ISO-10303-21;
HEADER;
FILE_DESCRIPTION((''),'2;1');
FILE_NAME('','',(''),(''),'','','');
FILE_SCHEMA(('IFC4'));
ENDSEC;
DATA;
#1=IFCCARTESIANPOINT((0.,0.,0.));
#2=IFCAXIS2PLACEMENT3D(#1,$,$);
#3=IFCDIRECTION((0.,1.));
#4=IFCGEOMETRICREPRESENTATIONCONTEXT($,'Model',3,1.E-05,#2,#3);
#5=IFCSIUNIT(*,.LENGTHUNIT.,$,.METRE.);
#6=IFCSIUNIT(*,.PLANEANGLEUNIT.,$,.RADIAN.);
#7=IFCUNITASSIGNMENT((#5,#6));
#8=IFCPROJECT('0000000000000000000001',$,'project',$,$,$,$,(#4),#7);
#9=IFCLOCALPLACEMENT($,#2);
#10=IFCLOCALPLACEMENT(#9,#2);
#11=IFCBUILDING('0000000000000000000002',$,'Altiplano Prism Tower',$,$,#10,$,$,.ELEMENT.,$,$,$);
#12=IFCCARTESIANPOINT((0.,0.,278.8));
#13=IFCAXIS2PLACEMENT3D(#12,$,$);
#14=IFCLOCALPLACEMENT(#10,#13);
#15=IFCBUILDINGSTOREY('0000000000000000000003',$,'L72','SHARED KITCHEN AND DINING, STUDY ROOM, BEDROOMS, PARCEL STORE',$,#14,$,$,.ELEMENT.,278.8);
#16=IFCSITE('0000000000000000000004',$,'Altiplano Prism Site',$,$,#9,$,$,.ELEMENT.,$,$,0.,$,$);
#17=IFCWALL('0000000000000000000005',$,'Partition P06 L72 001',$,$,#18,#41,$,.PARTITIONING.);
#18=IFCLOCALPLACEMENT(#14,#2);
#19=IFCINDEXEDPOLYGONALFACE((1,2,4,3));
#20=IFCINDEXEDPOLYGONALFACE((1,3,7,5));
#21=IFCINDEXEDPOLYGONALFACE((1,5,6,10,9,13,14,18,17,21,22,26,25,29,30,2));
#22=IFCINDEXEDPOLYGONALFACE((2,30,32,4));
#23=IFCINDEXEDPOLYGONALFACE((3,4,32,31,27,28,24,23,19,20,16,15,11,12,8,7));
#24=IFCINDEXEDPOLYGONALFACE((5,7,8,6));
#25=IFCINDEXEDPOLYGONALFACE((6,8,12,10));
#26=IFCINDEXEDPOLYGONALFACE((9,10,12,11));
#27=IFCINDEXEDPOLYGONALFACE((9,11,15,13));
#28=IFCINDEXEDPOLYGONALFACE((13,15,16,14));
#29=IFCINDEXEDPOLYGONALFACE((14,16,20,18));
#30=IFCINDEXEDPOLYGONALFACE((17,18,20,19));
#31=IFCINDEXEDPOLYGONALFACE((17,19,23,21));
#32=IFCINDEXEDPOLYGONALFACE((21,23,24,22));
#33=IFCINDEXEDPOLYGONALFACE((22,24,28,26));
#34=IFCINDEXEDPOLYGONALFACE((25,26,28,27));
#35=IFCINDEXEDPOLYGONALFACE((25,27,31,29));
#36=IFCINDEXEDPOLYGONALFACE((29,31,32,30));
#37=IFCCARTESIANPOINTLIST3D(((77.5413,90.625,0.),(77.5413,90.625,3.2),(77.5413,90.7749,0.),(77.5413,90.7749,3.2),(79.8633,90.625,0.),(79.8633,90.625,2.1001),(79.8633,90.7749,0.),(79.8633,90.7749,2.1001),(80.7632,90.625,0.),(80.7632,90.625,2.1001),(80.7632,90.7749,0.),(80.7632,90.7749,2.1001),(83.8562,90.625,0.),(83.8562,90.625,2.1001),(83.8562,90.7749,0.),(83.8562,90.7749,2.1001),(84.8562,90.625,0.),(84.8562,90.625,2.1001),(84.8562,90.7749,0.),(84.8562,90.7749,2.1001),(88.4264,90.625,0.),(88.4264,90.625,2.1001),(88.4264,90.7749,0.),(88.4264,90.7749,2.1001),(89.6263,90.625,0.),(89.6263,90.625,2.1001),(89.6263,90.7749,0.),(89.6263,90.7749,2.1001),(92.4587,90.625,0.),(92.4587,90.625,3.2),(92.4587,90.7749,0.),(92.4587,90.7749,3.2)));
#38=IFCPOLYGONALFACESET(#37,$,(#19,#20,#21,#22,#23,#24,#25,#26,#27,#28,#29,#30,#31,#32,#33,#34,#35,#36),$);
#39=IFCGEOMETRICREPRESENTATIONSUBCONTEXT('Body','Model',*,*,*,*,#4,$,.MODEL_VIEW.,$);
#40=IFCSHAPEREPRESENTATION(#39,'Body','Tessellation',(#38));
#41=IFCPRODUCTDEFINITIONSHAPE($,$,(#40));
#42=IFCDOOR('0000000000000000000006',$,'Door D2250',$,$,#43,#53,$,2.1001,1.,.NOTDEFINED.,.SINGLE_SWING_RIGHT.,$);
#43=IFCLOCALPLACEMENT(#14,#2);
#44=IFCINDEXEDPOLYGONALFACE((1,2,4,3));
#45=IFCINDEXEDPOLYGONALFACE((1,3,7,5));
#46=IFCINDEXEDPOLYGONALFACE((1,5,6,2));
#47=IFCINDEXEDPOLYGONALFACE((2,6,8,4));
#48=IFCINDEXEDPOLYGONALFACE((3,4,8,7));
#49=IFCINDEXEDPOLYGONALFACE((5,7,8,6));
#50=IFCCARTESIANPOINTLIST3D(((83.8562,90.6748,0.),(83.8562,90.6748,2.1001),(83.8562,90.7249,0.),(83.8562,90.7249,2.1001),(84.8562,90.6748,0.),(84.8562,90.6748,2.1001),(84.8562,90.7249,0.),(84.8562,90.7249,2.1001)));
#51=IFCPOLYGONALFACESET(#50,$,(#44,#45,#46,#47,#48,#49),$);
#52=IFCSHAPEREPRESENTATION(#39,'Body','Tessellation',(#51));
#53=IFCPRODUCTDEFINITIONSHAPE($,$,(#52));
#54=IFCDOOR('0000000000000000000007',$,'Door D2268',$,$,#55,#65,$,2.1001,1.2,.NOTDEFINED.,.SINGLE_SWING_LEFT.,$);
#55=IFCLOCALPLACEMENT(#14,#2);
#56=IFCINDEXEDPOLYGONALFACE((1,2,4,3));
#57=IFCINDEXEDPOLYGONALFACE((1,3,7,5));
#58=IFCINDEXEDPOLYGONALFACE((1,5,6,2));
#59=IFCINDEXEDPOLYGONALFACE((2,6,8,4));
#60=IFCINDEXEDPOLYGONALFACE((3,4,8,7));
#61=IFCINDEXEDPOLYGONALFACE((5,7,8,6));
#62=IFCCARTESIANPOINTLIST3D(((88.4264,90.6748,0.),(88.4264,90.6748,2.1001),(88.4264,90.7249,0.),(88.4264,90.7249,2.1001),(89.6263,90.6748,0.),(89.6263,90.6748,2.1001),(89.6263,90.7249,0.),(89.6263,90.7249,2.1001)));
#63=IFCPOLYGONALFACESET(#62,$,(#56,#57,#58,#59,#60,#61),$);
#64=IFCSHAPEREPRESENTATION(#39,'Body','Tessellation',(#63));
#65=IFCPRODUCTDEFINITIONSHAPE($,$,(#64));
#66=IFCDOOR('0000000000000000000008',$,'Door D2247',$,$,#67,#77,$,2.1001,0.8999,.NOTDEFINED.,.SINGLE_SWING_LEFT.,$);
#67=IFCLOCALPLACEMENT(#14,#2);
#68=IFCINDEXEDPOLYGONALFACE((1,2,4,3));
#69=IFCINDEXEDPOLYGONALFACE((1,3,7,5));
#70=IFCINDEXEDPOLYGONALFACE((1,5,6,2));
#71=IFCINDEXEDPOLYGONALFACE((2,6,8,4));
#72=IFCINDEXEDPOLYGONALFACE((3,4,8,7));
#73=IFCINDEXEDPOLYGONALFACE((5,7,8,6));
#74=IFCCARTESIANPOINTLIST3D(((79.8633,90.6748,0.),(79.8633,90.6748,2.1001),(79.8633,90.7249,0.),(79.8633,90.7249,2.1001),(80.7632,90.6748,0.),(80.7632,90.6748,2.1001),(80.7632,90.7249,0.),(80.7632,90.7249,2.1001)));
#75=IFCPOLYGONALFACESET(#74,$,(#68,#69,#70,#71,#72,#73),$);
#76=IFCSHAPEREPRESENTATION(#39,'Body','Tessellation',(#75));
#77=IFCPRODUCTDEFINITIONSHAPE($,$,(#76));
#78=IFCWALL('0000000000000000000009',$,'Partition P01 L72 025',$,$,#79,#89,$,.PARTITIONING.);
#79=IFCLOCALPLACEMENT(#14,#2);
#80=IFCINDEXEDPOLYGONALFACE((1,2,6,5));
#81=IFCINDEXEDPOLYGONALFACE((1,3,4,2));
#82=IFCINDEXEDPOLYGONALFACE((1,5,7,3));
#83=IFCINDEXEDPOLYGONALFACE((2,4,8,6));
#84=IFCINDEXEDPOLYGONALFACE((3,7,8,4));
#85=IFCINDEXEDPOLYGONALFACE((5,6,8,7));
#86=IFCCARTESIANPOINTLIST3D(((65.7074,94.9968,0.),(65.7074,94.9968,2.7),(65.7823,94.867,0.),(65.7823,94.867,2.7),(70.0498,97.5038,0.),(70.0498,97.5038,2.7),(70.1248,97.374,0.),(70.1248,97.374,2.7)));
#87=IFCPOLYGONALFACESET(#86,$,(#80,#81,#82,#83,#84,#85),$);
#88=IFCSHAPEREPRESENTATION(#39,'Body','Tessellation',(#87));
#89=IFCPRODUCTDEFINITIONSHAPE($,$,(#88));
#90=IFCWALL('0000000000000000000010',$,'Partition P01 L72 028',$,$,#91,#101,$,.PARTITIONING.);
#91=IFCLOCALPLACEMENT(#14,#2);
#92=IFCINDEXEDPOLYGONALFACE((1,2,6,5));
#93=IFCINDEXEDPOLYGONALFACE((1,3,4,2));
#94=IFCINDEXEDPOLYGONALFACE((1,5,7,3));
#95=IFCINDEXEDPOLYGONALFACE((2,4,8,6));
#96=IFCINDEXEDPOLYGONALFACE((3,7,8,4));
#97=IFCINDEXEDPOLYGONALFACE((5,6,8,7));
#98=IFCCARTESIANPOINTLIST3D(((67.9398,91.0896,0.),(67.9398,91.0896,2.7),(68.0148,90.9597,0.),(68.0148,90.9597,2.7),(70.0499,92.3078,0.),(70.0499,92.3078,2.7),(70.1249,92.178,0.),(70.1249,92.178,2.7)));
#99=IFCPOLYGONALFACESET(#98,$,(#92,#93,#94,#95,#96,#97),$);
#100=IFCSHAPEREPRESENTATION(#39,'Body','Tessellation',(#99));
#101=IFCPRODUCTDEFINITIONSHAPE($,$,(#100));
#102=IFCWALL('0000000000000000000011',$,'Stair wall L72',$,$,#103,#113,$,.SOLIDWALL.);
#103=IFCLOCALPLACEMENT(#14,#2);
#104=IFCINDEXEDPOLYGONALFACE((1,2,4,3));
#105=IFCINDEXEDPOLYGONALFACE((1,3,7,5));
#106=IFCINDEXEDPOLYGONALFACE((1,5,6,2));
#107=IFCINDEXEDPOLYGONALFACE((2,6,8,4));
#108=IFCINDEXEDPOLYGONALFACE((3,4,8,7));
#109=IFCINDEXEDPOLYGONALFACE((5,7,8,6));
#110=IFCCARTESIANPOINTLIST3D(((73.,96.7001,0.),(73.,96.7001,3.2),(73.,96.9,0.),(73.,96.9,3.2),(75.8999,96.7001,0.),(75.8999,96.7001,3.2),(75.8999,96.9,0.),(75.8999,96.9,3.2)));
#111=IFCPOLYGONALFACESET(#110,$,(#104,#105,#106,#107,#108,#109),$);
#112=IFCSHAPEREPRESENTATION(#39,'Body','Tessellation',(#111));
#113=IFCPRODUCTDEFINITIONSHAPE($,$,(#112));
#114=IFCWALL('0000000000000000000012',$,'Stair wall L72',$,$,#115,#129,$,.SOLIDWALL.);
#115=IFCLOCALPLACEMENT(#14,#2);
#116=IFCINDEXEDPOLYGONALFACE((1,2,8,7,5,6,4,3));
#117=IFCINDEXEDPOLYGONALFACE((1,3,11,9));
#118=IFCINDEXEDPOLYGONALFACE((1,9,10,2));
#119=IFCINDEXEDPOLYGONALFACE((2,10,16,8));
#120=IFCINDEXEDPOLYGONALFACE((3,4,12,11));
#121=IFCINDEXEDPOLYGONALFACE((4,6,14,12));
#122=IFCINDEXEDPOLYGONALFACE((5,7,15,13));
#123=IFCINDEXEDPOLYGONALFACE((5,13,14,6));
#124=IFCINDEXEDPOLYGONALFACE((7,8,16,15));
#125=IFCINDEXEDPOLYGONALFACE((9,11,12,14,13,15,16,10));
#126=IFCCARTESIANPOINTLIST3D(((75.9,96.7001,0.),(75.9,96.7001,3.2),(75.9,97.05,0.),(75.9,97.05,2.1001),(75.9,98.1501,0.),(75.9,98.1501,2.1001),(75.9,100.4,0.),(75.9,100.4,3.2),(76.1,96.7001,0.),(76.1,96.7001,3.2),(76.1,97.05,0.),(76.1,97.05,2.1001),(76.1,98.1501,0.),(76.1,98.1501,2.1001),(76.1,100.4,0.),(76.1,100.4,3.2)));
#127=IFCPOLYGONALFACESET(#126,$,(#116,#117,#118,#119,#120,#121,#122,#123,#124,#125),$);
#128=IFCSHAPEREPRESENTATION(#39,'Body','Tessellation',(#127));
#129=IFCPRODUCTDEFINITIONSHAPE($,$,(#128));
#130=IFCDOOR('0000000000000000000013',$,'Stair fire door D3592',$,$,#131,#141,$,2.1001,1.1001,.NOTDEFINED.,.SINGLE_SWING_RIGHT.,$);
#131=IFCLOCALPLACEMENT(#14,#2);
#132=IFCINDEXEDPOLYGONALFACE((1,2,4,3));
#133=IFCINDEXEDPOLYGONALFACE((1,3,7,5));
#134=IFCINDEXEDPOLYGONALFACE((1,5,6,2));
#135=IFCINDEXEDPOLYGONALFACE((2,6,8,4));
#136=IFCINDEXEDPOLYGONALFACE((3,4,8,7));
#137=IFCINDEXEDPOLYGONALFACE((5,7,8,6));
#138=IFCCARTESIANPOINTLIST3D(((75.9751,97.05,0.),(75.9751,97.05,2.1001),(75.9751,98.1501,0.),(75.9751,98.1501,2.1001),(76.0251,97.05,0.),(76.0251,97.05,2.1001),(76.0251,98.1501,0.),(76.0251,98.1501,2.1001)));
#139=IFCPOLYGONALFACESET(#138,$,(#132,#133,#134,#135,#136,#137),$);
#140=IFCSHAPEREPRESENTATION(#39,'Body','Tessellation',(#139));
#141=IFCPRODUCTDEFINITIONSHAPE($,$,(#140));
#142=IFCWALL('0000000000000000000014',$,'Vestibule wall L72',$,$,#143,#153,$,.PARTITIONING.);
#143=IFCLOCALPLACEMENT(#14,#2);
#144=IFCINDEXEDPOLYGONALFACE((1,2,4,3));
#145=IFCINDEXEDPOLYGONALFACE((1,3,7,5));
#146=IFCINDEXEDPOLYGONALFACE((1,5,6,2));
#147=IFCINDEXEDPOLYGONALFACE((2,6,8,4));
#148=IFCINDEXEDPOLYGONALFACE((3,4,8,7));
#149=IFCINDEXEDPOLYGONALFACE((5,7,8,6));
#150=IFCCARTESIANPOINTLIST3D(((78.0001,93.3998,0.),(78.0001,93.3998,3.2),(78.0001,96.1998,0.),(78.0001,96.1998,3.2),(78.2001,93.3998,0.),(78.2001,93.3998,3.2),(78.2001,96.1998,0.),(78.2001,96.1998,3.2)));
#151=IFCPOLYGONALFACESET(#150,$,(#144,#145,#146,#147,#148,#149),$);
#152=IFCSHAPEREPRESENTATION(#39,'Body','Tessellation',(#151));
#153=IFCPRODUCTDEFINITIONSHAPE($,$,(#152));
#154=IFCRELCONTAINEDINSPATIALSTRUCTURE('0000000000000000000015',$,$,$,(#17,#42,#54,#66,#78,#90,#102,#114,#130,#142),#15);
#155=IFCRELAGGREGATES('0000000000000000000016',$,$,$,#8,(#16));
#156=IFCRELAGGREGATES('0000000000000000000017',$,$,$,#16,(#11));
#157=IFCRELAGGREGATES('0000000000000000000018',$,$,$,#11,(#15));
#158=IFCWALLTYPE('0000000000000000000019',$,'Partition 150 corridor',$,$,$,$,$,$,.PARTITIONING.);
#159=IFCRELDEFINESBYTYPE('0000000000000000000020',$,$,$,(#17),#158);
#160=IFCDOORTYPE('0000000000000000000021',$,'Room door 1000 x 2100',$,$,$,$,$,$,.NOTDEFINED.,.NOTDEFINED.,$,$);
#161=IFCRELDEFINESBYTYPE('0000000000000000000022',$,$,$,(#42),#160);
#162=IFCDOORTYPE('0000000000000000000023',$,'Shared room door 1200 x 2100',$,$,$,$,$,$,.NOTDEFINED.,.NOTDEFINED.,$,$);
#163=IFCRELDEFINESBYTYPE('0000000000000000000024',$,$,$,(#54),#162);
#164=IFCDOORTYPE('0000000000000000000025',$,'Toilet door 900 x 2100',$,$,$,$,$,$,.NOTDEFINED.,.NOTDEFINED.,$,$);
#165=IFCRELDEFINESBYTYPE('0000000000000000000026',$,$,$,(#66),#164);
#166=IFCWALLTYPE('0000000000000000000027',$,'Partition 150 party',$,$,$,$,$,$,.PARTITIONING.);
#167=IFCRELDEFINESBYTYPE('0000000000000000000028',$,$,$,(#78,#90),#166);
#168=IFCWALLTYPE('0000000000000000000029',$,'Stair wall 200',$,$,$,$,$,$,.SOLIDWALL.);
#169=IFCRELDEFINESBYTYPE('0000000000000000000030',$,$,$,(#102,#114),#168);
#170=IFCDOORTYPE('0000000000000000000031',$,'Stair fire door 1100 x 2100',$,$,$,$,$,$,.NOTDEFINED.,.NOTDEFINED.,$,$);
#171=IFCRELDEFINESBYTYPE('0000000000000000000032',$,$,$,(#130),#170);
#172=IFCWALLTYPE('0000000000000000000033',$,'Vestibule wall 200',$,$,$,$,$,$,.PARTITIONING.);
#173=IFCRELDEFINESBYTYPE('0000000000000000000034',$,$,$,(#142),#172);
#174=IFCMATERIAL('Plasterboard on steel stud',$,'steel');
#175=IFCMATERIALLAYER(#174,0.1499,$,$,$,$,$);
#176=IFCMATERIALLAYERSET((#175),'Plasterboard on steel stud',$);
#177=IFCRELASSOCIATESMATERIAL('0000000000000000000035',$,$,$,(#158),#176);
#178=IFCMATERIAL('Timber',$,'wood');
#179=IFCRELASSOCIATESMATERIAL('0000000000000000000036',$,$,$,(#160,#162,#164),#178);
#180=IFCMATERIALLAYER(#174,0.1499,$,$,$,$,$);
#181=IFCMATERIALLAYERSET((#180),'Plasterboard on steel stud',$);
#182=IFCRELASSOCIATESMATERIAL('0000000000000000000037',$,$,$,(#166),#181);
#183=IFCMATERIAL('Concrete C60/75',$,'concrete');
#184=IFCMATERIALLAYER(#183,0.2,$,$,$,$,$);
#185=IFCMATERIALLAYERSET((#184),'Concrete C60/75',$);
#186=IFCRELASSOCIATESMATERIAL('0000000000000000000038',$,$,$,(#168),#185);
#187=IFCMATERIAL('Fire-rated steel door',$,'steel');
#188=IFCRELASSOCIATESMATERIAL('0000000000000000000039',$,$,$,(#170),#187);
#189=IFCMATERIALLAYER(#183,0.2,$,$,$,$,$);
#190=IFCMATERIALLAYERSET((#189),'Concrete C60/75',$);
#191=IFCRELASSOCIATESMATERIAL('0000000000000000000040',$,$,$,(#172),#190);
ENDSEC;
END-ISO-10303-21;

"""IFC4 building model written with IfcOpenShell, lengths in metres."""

from ifc_helpers import new_model, si_unit, direction, frame, frame_2d, origin, place, context, subcontext, project, spatial, rectangle, extrude, material, layer, layer_set, type_object, element, fill, save


model = new_model("IFC4")

# Units and contexts
model_context = context("Model", 3, precision=1e-05, world=origin(), true_north=direction((0.0, 1.0)))
body_context = subcontext(model_context, "Body", "Model", "MODEL_VIEW")
ifc_project = project(units=[si_unit("LENGTHUNIT", "METRE"), si_unit("PLANEANGLEUNIT", "RADIAN")], contexts=[model_context])

# Site, building, storey
site_placement = place(None, origin())
site = spatial("IfcSite", under=ifc_project, at=site_placement, Name="Altiplano Prism Site", CompositionType="ELEMENT", RefElevation=0.0)
building_placement = place(site_placement, origin())
building = spatial("IfcBuilding", under=site, at=building_placement, Name="Altiplano Prism Tower", CompositionType="ELEMENT")
storey_placement = place(building_placement, frame((0.0, 0.0, 278.8)))
storey = spatial("IfcBuildingStorey", under=building, at=storey_placement, Name="L72", Description="SHARED KITCHEN AND DINING, STUDY ROOM, BEDROOMS, PARCEL STORE", CompositionType="ELEMENT", Elevation=278.8)

# Shared definitions
ifc_material_1 = material(Name="Concrete C60/75", Category="concrete")

# Wall, openings, doors
ifc_material_2 = material(Name="Fire-rated steel door", Category="steel")
ifc_material_3 = material(Name="Plasterboard on steel stud", Category="steel")
ifc_layer_1 = layer(ifc_material_3, 0.1499)
ifc_layer_set_1 = layer_set([ifc_layer_1], Name="Plasterboard on steel stud")
wall_type_1 = type_object("IfcWallType", Name="Partition 150 corridor", PredefinedType="PARTITIONING", material=ifc_layer_set_1)
wall_1_placement = place(storey_placement, frame((77.5413, 90.7, 0.0), z_axis=(0.0, 0.0, 1.0), x_axis=(1.0, 0.0, 0.0)))
wall_1 = element("IfcWall", 1, at=wall_1_placement, inside=storey, type_object=wall_type_1, Name="Partition P06 L72 001", PredefinedType="PARTITIONING", context=body_context, shape_type="SweptSolid", body=[
    extrude(rectangle(XDim=14.9175, YDim=0.1499, at=frame_2d((7.4587, 0.0))), origin(), (0.0, 0.0, 1.0), 3.2),
])
opening_1_placement = place(wall_1_placement, frame((2.322, 0.0, 0.0)))
opening_1 = element("IfcOpeningElement", 2, at=opening_1_placement, cuts=wall_1, PredefinedType="OPENING", context=body_context, shape_type="SweptSolid", body=[
    extrude(rectangle(XDim=0.8999, YDim=2.1001, at=frame_2d((0.45, 1.05))), frame((0.0, 0.0854, 0.0), z_axis=(0.0, -1.0, 0.0), x_axis=(1.0, 0.0, 0.0)), (0.0, 0.0, 1.0), 0.1709),
])
opening_2_placement = place(wall_1_placement, frame((6.3149, 0.0, 0.0)))
opening_2 = element("IfcOpeningElement", 3, at=opening_2_placement, cuts=wall_1, PredefinedType="OPENING", context=body_context, shape_type="SweptSolid", body=[
    extrude(rectangle(XDim=1.0, YDim=2.1001, at=frame_2d((0.5, 1.05))), frame((0.0, 0.0854, 0.0), z_axis=(0.0, -1.0, 0.0), x_axis=(1.0, 0.0, 0.0)), (0.0, 0.0, 1.0), 0.1709),
])
opening_3_placement = place(wall_1_placement, frame((10.885, 0.0, 0.0)))
opening_3 = element("IfcOpeningElement", 4, at=opening_3_placement, cuts=wall_1, PredefinedType="OPENING", context=body_context, shape_type="SweptSolid", body=[
    extrude(rectangle(XDim=1.2, YDim=2.1001, at=frame_2d((0.6001, 1.05))), frame((0.0, 0.0854, 0.0), z_axis=(0.0, -1.0, 0.0), x_axis=(1.0, 0.0, 0.0)), (0.0, 0.0, 1.0), 0.1709),
])
ifc_material_4 = material(Name="Timber", Category="wood")
door_type_1 = type_object("IfcDoorType", Name="Room door 1000 x 2100", OperationType="NOTDEFINED", PredefinedType="NOTDEFINED", material=ifc_material_4)
door_1_placement = place(opening_2_placement, origin())
door_1 = element("IfcDoor", 5, at=door_1_placement, inside=storey, type_object=door_type_1, Name="Door D2250", OperationType="SINGLE_SWING_RIGHT", OverallHeight=2.1001, OverallWidth=1.0, PredefinedType="NOTDEFINED", context=body_context, shape_type="SweptSolid", body=[
    extrude(rectangle(XDim=1.0, YDim=2.1001, at=frame_2d((0.5, 1.05))), frame((0.0, 0.0249, 0.0), z_axis=(0.0, -1.0, 0.0), x_axis=(1.0, 0.0, 0.0)), (0.0, 0.0, 1.0), 0.05),
])
fill(opening_2, door_1)
door_type_2 = type_object("IfcDoorType", Name="Shared room door 1200 x 2100", OperationType="NOTDEFINED", PredefinedType="NOTDEFINED", material=ifc_material_4)
door_2_placement = place(opening_3_placement, origin())
door_2 = element("IfcDoor", 6, at=door_2_placement, inside=storey, type_object=door_type_2, Name="Door D2268", OperationType="SINGLE_SWING_LEFT", OverallHeight=2.1001, OverallWidth=1.2, PredefinedType="NOTDEFINED", context=body_context, shape_type="SweptSolid", body=[
    extrude(rectangle(XDim=1.2, YDim=2.1001, at=frame_2d((0.6001, 1.05))), frame((0.0, 0.0249, 0.0), z_axis=(0.0, -1.0, 0.0), x_axis=(1.0, 0.0, 0.0)), (0.0, 0.0, 1.0), 0.05),
])
fill(opening_3, door_2)
door_type_3 = type_object("IfcDoorType", Name="Toilet door 900 x 2100", OperationType="NOTDEFINED", PredefinedType="NOTDEFINED", material=ifc_material_4)
door_3_placement = place(opening_1_placement, origin())
door_3 = element("IfcDoor", 7, at=door_3_placement, inside=storey, type_object=door_type_3, Name="Door D2247", OperationType="SINGLE_SWING_LEFT", OverallHeight=2.1001, OverallWidth=0.8999, PredefinedType="NOTDEFINED", context=body_context, shape_type="SweptSolid", body=[
    extrude(rectangle(XDim=0.8999, YDim=2.1001, at=frame_2d((0.45, 1.05))), frame((0.0, 0.0249, 0.0), z_axis=(0.0, -1.0, 0.0), x_axis=(1.0, 0.0, 0.0)), (0.0, 0.0, 1.0), 0.05),
])
fill(opening_1, door_3)

# Walls
ifc_layer_2 = layer(ifc_material_3, 0.1499)
ifc_layer_set_2 = layer_set([ifc_layer_2], Name="Plasterboard on steel stud")
wall_type_2 = type_object("IfcWallType", Name="Partition 150 party", PredefinedType="PARTITIONING", material=ifc_layer_set_2)
wall_2_placement = place(storey_placement, frame((65.7449, 94.9319, 0.0), z_axis=(0.0, 0.0, 1.0), x_axis=(0.866032, 0.499988, 0.0)))
element("IfcWall", 8, at=wall_2_placement, inside=storey, type_object=wall_type_2, Name="Partition P01 L72 025", PredefinedType="PARTITIONING", context=body_context, shape_type="SweptSolid", body=[
    extrude(rectangle(XDim=5.0142, YDim=0.1499, at=frame_2d((2.5071, 0.0))), origin(), (0.0, 0.0, 1.0), 2.7),
])
wall_3_placement = place(storey_placement, frame((67.9773, 91.0247, 0.0), z_axis=(0.0, 0.0, 1.0), x_axis=(0.866027, 0.499997, 0.0)))
element("IfcWall", 9, at=wall_3_placement, inside=storey, type_object=wall_type_2, Name="Partition P01 L72 028", PredefinedType="PARTITIONING", context=body_context, shape_type="SweptSolid", body=[
    extrude(rectangle(XDim=2.4365, YDim=0.1499, at=frame_2d((1.2183, 0.0))), origin(), (0.0, 0.0, 1.0), 2.7),
])
ifc_layer_3 = layer(ifc_material_1, 0.2)
ifc_layer_set_3 = layer_set([ifc_layer_3], Name="Concrete C60/75")
wall_type_3 = type_object("IfcWallType", Name="Stair wall 200", PredefinedType="SOLIDWALL", material=ifc_layer_set_3)
wall_4_placement = place(storey_placement, frame((73.0, 96.8, 0.0), z_axis=(0.0, 0.0, 1.0), x_axis=(1.0, 0.0, 0.0)))
element("IfcWall", 10, at=wall_4_placement, inside=storey, type_object=wall_type_3, Name="Stair wall L72", PredefinedType="SOLIDWALL", context=body_context, shape_type="SweptSolid", body=[
    extrude(rectangle(XDim=2.8999, YDim=0.2, at=frame_2d((1.45, 0.0))), origin(), (0.0, 0.0, 1.0), 3.2),
])

# Wall, opening, door
wall_5_placement = place(storey_placement, frame((76.0, 96.7, 0.0), z_axis=(0.0, 0.0, 1.0), x_axis=(0.0, 1.0, 0.0)))
wall_5 = element("IfcWall", 11, at=wall_5_placement, inside=storey, type_object=wall_type_3, Name="Stair wall L72", PredefinedType="SOLIDWALL", context=body_context, shape_type="SweptSolid", body=[
    extrude(rectangle(XDim=3.7, YDim=0.2, at=frame_2d((1.8501, 0.0))), origin(), (0.0, 0.0, 1.0), 3.2),
])
opening_4_placement = place(wall_5_placement, frame((0.3501, 0.0, 0.0)))
opening_4 = element("IfcOpeningElement", 12, at=opening_4_placement, cuts=wall_5, PredefinedType="OPENING", context=body_context, shape_type="SweptSolid", body=[
    extrude(rectangle(XDim=1.1001, YDim=2.1001, at=frame_2d((0.55, 1.05))), frame((0.0, 0.1104, 0.0), z_axis=(0.0, -1.0, 0.0), x_axis=(1.0, 0.0, 0.0)), (0.0, 0.0, 1.0), 0.2209),
])
door_type_4 = type_object("IfcDoorType", Name="Stair fire door 1100 x 2100", OperationType="NOTDEFINED", PredefinedType="NOTDEFINED", material=ifc_material_2)
door_4_placement = place(opening_4_placement, origin())
door_4 = element("IfcDoor", 13, at=door_4_placement, inside=storey, type_object=door_type_4, Name="Stair fire door D3592", OperationType="SINGLE_SWING_RIGHT", OverallHeight=2.1001, OverallWidth=1.1001, PredefinedType="NOTDEFINED", context=body_context, shape_type="SweptSolid", body=[
    extrude(rectangle(XDim=1.1001, YDim=2.1001, at=frame_2d((0.55, 1.05))), frame((0.0, 0.0249, 0.0), z_axis=(0.0, -1.0, 0.0), x_axis=(1.0, 0.0, 0.0)), (0.0, 0.0, 1.0), 0.05),
])
fill(opening_4, door_4)

# Wall
ifc_layer_4 = layer(ifc_material_1, 0.2)
ifc_layer_set_4 = layer_set([ifc_layer_4], Name="Concrete C60/75")
wall_type_4 = type_object("IfcWallType", Name="Vestibule wall 200", PredefinedType="PARTITIONING", material=ifc_layer_set_4)
wall_6_placement = place(storey_placement, frame((78.1001, 93.3999, 0.0), z_axis=(0.0, 0.0, 1.0), x_axis=(0.0, 1.0, 0.0)))
element("IfcWall", 14, at=wall_6_placement, inside=storey, type_object=wall_type_4, Name="Vestibule wall L72", PredefinedType="PARTITIONING", context=body_context, shape_type="SweptSolid", body=[
    extrude(rectangle(XDim=2.8, YDim=0.2, at=frame_2d((1.3999, 0.0))), origin(), (0.0, 0.0, 1.0), 3.2),
])

save(model, "model.ifc")
